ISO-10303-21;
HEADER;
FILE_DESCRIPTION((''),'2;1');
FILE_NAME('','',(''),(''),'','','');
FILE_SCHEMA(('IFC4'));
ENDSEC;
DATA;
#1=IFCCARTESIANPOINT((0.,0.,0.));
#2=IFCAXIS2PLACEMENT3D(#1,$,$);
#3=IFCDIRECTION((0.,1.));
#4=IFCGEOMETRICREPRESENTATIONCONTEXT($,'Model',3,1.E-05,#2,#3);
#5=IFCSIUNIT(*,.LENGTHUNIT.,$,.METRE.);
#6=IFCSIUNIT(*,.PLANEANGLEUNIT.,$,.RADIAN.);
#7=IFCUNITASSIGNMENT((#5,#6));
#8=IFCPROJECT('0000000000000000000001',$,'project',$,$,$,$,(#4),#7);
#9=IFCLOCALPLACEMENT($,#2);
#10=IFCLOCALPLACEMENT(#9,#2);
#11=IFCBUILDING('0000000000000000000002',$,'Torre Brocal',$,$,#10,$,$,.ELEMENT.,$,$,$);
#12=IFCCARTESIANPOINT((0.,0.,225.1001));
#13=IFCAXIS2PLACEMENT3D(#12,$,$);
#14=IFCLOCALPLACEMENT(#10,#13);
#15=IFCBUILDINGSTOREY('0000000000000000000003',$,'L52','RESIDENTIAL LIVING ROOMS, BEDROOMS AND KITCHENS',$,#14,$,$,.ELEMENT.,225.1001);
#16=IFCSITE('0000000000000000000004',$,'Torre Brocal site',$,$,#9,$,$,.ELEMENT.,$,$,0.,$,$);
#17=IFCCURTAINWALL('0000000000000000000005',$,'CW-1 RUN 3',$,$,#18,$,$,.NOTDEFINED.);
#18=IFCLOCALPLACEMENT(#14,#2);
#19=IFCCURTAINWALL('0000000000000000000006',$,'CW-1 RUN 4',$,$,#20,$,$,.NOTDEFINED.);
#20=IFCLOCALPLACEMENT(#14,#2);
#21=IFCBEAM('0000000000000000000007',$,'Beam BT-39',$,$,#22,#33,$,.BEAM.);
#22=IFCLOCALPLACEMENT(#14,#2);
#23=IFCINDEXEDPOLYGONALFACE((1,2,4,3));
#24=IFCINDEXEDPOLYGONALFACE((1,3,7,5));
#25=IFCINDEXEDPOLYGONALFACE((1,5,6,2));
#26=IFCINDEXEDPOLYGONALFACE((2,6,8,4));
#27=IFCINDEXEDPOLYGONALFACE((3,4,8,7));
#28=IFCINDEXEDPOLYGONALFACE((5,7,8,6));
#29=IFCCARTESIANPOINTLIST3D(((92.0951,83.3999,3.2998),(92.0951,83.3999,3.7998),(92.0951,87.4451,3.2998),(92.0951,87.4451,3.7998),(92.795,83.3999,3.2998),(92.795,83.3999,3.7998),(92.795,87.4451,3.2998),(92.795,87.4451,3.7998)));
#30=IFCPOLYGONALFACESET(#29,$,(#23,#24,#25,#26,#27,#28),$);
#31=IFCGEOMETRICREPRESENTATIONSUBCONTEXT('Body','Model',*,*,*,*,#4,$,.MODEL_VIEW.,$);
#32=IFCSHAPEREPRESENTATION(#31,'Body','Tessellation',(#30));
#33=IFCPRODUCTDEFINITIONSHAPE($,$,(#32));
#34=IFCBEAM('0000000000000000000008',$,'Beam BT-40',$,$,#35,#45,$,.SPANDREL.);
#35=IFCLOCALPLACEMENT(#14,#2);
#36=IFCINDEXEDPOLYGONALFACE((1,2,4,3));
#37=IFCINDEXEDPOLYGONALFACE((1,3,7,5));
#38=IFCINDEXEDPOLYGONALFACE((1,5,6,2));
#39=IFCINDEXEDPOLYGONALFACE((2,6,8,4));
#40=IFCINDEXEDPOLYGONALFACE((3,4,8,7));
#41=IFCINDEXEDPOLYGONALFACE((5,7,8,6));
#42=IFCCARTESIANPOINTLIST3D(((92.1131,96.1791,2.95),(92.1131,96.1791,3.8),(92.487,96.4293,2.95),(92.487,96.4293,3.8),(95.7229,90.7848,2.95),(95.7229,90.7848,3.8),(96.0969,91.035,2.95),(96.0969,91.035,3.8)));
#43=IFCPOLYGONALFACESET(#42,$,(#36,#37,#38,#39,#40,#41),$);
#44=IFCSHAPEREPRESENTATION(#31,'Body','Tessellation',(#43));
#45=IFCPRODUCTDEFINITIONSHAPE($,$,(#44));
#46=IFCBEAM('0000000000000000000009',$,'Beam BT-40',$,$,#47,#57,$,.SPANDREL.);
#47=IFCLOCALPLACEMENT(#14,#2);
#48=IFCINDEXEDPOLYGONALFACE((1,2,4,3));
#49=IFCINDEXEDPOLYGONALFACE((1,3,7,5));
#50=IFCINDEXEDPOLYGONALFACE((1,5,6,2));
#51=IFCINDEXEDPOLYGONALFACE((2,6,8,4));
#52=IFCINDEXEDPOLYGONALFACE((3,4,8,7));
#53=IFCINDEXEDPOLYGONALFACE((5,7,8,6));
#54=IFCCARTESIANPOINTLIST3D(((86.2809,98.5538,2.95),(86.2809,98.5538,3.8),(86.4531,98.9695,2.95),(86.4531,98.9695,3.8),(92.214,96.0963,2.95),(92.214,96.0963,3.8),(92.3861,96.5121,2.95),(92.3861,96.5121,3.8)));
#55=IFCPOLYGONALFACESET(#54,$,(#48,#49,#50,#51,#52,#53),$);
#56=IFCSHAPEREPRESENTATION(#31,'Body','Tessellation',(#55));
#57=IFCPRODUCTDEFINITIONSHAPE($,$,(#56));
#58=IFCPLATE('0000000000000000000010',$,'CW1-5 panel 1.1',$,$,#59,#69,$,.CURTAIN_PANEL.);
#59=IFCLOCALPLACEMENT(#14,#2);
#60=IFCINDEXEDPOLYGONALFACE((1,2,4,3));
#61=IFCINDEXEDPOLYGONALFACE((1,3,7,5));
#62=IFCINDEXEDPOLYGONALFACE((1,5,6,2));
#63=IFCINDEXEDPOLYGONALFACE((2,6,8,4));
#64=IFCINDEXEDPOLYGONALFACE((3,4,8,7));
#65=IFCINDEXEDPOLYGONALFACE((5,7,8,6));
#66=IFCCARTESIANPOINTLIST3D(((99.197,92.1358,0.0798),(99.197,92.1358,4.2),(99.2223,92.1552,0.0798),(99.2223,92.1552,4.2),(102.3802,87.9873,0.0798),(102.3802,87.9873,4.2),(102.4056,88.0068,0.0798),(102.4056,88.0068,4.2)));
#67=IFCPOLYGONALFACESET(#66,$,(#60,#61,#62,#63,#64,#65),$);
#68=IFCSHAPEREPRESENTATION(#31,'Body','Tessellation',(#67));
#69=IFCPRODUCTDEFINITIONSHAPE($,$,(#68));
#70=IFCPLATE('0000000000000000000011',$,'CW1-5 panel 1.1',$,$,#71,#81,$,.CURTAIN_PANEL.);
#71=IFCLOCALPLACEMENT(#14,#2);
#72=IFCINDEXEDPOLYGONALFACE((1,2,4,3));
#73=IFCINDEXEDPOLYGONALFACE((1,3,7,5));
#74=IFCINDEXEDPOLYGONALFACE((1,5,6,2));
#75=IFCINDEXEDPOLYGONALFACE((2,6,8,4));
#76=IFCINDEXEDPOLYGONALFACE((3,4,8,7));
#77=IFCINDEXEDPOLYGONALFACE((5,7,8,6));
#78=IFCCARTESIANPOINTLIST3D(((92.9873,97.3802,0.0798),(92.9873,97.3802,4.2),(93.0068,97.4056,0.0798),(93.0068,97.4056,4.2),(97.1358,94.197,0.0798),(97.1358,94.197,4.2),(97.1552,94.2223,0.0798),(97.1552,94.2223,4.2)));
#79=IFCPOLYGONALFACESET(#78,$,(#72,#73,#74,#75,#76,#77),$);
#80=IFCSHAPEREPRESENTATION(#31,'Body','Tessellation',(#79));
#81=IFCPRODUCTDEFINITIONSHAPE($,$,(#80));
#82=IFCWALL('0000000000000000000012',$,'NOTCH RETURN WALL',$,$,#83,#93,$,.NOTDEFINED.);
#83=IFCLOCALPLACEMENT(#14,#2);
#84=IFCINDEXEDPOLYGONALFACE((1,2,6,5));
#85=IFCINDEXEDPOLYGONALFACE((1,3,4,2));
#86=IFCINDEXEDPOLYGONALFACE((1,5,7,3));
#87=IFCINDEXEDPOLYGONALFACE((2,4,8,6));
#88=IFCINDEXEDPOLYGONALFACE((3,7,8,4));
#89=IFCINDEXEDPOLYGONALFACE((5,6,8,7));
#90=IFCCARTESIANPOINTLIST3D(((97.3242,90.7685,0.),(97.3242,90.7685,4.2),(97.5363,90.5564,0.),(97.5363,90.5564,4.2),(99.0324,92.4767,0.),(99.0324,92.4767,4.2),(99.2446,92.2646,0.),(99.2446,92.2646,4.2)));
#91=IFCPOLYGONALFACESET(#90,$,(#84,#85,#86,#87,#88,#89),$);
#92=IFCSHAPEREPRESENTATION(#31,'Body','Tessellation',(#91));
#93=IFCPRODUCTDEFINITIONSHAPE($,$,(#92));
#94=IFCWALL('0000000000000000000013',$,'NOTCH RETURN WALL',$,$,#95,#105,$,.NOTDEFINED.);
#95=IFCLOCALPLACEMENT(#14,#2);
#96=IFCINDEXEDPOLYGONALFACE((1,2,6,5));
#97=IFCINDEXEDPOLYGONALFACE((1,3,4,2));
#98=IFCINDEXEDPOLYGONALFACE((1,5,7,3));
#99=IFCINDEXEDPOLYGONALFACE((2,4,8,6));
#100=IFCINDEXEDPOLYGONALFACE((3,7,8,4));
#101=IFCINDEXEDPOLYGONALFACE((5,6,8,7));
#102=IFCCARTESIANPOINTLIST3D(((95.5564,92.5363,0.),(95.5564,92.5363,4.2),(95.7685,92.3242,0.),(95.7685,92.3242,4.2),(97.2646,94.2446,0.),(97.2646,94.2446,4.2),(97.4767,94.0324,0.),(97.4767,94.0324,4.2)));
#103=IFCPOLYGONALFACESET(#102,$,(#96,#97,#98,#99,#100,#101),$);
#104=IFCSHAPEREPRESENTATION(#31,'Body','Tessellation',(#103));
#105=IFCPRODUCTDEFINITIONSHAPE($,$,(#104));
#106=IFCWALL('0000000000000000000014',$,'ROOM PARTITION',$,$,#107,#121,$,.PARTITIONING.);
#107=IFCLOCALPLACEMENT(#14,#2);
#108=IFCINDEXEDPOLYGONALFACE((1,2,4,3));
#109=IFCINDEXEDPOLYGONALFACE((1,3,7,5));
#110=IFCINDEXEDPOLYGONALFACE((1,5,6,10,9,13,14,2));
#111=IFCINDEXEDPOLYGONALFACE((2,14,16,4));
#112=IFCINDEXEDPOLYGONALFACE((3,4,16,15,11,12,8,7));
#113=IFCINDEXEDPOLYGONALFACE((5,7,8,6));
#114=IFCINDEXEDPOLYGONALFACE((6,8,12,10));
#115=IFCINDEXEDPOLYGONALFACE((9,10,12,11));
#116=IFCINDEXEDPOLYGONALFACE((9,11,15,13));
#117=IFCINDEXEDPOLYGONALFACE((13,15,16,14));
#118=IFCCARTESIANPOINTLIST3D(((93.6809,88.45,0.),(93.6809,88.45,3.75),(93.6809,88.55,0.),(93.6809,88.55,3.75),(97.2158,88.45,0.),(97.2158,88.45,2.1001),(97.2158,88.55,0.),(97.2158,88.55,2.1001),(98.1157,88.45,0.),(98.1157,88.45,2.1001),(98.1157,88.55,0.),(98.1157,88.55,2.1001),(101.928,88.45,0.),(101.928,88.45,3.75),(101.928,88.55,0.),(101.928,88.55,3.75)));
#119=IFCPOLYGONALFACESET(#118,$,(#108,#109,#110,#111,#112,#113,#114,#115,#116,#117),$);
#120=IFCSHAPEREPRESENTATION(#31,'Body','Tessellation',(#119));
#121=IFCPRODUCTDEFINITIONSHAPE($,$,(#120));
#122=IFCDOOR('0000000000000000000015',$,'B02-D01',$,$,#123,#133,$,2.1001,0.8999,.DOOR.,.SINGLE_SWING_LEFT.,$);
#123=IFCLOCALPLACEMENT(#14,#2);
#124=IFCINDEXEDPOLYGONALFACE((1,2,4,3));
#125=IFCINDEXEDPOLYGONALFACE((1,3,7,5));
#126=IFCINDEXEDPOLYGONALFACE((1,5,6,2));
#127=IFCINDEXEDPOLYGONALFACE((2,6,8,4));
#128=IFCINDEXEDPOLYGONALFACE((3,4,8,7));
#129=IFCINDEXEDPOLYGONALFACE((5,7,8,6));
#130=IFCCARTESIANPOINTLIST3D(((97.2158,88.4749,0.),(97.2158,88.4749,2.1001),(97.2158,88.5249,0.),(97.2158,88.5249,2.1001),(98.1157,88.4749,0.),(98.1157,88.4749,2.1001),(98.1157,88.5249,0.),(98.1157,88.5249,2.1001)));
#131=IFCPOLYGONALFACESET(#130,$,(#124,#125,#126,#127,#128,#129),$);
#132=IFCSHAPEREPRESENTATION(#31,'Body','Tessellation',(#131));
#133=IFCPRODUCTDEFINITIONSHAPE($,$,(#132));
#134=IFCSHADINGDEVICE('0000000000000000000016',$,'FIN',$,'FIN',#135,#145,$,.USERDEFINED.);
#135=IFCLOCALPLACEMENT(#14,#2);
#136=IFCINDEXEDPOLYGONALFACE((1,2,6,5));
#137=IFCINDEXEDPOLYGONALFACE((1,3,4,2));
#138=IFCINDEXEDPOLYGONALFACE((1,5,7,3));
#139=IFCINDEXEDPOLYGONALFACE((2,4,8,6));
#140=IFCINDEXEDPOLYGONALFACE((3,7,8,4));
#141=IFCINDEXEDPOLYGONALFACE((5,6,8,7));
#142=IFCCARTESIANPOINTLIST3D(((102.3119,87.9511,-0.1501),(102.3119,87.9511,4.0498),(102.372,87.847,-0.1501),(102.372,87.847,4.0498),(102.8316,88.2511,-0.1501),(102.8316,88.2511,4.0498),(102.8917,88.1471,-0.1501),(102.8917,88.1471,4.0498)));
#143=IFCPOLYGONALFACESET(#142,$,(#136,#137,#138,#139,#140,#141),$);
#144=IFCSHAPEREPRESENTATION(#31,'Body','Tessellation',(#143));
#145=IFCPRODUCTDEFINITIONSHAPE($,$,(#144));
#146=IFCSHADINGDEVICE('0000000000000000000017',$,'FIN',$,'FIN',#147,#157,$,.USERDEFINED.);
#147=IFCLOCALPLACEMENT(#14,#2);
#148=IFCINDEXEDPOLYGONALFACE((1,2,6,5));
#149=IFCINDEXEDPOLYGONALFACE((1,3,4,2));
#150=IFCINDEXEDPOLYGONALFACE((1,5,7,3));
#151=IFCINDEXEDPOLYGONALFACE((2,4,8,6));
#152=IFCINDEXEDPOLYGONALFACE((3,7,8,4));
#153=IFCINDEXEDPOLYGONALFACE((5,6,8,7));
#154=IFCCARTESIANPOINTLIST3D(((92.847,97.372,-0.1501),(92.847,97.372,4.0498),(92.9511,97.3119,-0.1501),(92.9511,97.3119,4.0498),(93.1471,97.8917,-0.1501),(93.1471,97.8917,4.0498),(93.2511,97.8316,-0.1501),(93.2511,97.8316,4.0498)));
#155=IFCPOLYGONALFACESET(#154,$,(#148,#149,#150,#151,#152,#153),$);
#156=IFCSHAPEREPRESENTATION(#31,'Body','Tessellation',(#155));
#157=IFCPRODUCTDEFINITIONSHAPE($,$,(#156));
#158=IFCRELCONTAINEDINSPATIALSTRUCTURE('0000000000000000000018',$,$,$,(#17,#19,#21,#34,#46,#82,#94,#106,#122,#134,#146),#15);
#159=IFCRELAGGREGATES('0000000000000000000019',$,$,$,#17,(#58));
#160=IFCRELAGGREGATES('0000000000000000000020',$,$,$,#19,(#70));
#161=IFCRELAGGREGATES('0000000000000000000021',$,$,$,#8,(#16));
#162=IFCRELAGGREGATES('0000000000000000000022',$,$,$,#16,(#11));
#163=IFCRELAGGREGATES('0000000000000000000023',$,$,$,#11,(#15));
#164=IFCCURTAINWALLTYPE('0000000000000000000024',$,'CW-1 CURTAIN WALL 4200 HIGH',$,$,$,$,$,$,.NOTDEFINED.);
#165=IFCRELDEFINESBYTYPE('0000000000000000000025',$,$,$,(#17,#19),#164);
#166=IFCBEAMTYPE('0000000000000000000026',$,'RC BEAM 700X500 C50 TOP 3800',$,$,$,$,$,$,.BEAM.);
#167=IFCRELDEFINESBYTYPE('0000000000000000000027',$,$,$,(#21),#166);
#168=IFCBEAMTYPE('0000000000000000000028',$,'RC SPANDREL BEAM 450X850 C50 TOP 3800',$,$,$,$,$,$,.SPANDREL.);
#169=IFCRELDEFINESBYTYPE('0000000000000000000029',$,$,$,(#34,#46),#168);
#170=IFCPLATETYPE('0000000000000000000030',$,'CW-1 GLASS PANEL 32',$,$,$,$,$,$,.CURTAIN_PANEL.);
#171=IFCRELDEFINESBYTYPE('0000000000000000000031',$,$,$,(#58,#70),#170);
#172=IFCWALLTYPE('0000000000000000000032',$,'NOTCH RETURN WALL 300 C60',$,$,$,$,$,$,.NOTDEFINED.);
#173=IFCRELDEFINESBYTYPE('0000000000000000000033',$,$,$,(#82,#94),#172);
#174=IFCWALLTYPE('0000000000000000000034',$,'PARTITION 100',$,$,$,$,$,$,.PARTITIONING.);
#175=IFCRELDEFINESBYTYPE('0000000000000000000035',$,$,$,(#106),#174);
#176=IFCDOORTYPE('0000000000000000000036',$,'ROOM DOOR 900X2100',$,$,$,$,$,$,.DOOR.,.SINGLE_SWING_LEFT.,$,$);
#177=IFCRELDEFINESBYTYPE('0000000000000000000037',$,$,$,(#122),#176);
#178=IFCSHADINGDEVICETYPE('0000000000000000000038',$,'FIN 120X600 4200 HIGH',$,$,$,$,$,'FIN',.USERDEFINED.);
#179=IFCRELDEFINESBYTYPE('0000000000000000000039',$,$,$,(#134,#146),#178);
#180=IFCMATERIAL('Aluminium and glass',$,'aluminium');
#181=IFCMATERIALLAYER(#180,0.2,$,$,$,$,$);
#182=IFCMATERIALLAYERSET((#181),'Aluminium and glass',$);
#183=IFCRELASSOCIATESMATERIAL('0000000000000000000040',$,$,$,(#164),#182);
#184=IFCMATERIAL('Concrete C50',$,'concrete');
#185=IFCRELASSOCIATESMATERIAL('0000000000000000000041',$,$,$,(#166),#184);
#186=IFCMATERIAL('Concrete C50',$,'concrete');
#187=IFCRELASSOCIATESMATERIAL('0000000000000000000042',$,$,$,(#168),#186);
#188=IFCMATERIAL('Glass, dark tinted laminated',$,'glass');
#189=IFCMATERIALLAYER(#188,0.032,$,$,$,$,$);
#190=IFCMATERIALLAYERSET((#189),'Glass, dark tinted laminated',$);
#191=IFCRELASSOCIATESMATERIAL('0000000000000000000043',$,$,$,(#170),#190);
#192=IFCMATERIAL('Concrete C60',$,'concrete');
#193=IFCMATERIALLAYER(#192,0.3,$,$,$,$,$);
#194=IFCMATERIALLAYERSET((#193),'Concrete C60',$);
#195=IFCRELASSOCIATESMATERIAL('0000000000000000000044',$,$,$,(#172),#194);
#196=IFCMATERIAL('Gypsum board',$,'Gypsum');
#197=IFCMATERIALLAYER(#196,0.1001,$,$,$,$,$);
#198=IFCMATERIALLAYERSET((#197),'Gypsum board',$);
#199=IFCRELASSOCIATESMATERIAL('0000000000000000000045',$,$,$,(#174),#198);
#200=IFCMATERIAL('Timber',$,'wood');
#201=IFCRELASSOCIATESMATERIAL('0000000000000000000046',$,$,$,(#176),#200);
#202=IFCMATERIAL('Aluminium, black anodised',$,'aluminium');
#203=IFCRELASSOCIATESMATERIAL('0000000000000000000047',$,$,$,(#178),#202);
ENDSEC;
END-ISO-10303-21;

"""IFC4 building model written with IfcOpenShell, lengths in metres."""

from ifc_helpers import new_model, si_unit, direction, frame, frame_2d, origin, origin_2d, place, context, subcontext, project, spatial, rectangle, extrude, material, layer, layer_set, material_profile, profile_set, type_object, element, fill, aggregate, save


model = new_model("IFC4")

# Units and contexts
model_context = context("Model", 3, precision=1e-05, world=origin(), true_north=direction((0.0, 1.0)))
body_context = subcontext(model_context, "Body", "Model", "MODEL_VIEW")
ifc_project = project(units=[si_unit("LENGTHUNIT", "METRE"), si_unit("PLANEANGLEUNIT", "RADIAN")], contexts=[model_context])

# Site, building, storey
site_placement = place(None, origin())
site = spatial("IfcSite", under=ifc_project, at=site_placement, Name="Torre Brocal site", CompositionType="ELEMENT", RefElevation=0.0)
building_placement = place(site_placement, origin())
building = spatial("IfcBuilding", under=site, at=building_placement, Name="Torre Brocal", CompositionType="ELEMENT")
storey_placement = place(building_placement, frame((0.0, 0.0, 225.1001)))
storey = spatial("IfcBuildingStorey", under=building, at=storey_placement, Name="L52", Description="RESIDENTIAL LIVING ROOMS, BEDROOMS AND KITCHENS", CompositionType="ELEMENT", Elevation=225.1001)

# Shared definitions
ifc_material_1 = material(Name="Aluminium and glass", Category="aluminium")
ifc_layer_1 = layer(ifc_material_1, 0.2)
ifc_layer_set_1 = layer_set([ifc_layer_1], Name="Aluminium and glass")
curtain_wall_type = type_object("IfcCurtainWallType", Name="CW-1 CURTAIN WALL 4200 HIGH", PredefinedType="NOTDEFINED", material=ifc_layer_set_1)

# Curtain walls
curtain_wall_1_placement = place(storey_placement, origin())
curtain_wall_1 = element("IfcCurtainWall", 1, at=curtain_wall_1_placement, inside=storey, type_object=curtain_wall_type, Name="CW-1 RUN 3", PredefinedType="NOTDEFINED")
curtain_wall_2_placement = place(storey_placement, origin())
curtain_wall_2 = element("IfcCurtainWall", 2, at=curtain_wall_2_placement, inside=storey, type_object=curtain_wall_type, Name="CW-1 RUN 4", PredefinedType="NOTDEFINED")

# Beams
ifc_material_2 = material(Name="Concrete C50", Category="concrete")
ifc_material_profile_1 = material_profile(ifc_material_2, rectangle(XDim=0.7, YDim=0.5, at=origin_2d()), Name="RC 700X500")
ifc_profile_set_1 = profile_set([ifc_material_profile_1], Name="Concrete C50")
beam_type_1 = type_object("IfcBeamType", Name="RC BEAM 700X500 C50 TOP 3800", PredefinedType="BEAM", material=ifc_profile_set_1)
beam_1_placement = place(storey_placement, frame((92.4451, 87.4451, 3.5498), z_axis=(0.0, -1.0, 0.0), x_axis=(1.0, 0.0, 0.0)))
element("IfcBeam", 3, at=beam_1_placement, inside=storey, type_object=beam_type_1, Name="Beam BT-39", PredefinedType="BEAM", context=body_context, shape_type="SweptSolid", body=[
    extrude(rectangle(XDim=0.7, YDim=0.5, at=origin_2d()), origin(), (0.0, 0.0, 1.0), 4.0452),
])
ifc_material_3 = material(Name="Concrete C50", Category="concrete")
ifc_material_profile_2 = material_profile(ifc_material_3, rectangle(XDim=0.45, YDim=0.8501, at=origin_2d()), Name="RC 450X850")
ifc_profile_set_2 = profile_set([ifc_material_profile_2], Name="Concrete C50")
beam_type_2 = type_object("IfcBeamType", Name="RC SPANDREL BEAM 450X850 C50 TOP 3800", PredefinedType="SPANDREL", material=ifc_profile_set_2)
beam_2_placement = place(storey_placement, frame((95.9099, 90.9099, 3.375), z_axis=(-0.556158, 0.831077, 0.0), x_axis=(-0.831077, -0.556158, 0.0)))
element("IfcBeam", 4, at=beam_2_placement, inside=storey, type_object=beam_type_2, Name="Beam BT-40", PredefinedType="SPANDREL", context=body_context, shape_type="SweptSolid", body=[
    extrude(rectangle(XDim=0.45, YDim=0.8501, at=origin_2d()), origin(), (0.0, 0.0, 1.0), 6.4907),
])
beam_3_placement = place(storey_placement, frame((92.3, 96.3042, 3.375), z_axis=(-0.923882, 0.382676, 0.0), x_axis=(-0.382676, -0.923882, 0.0)))
element("IfcBeam", 5, at=beam_3_placement, inside=storey, type_object=beam_type_2, Name="Beam BT-40", PredefinedType="SPANDREL", context=body_context, shape_type="SweptSolid", body=[
    extrude(rectangle(XDim=0.45, YDim=0.8501, at=origin_2d()), origin(), (0.0, 0.0, 1.0), 6.4219),
])

# Plates
ifc_material_4 = material(Name="Glass, dark tinted laminated", Category="glass")
ifc_layer_2 = layer(ifc_material_4, 0.032)
ifc_layer_set_2 = layer_set([ifc_layer_2], Name="Glass, dark tinted laminated")
plate_type = type_object("IfcPlateType", Name="CW-1 GLASS PANEL 32", PredefinedType="CURTAIN_PANEL", material=ifc_layer_set_2)
plate_1_placement = place(storey_placement, frame((100.8013, 90.0713, 0.0798), z_axis=(0.0, 0.0, 1.0), x_axis=(-0.608761, 0.793353, 0.0)))
plate_1 = element("IfcPlate", 6, at=plate_1_placement, type_object=plate_type, Name="CW1-5 panel 1.1", PredefinedType="CURTAIN_PANEL", context=body_context, shape_type="SweptSolid", body=[
    extrude(rectangle(XDim=5.229, YDim=0.032, at=origin_2d()), origin(), (0.0, 0.0, 1.0), 4.1201),
])
aggregate(curtain_wall_1, [plate_1])
plate_2_placement = place(storey_placement, frame((95.0713, 95.8013, 0.0798), z_axis=(0.0, 0.0, 1.0), x_axis=(-0.793353, 0.608761, 0.0)))
plate_2 = element("IfcPlate", 7, at=plate_2_placement, type_object=plate_type, Name="CW1-5 panel 1.1", PredefinedType="CURTAIN_PANEL", context=body_context, shape_type="SweptSolid", body=[
    extrude(rectangle(XDim=5.229, YDim=0.032, at=origin_2d()), origin(), (0.0, 0.0, 1.0), 4.1201),
])
aggregate(curtain_wall_2, [plate_2])

# Walls
ifc_material_5 = material(Name="Concrete C60", Category="concrete")
ifc_layer_3 = layer(ifc_material_5, 0.3)
ifc_layer_set_3 = layer_set([ifc_layer_3], Name="Concrete C60")
wall_type_1 = type_object("IfcWallType", Name="NOTCH RETURN WALL 300 C60", PredefinedType="NOTDEFINED", material=ifc_layer_set_3)
for number, where, z_axis, x_axis, name in (
    (8, (97.4302, 90.6624, 0.0), (0.0, 0.0, 1.0), (0.707107, 0.707107, 0.0), "NOTCH RETURN WALL"),
    (9, (95.6624, 92.4302, 0.0), (0.0, 0.0, 1.0), (0.707107, 0.707107, 0.0), "NOTCH RETURN WALL"),
):
    element("IfcWall", number, at=place(storey_placement, frame(where, z_axis=z_axis, x_axis=x_axis)), inside=storey, type_object=wall_type_1, Name=name, PredefinedType="NOTDEFINED", context=body_context, shape_type="SweptSolid", body=[
        extrude(rectangle(XDim=2.4158, YDim=0.3, at=frame_2d((1.208, 0.0))), origin(), (0.0, 0.0, 1.0), 4.2),
    ])

# Wall, opening, door
ifc_material_6 = material(Name="Gypsum board", Category="Gypsum")
ifc_layer_4 = layer(ifc_material_6, 0.1001)
ifc_layer_set_4 = layer_set([ifc_layer_4], Name="Gypsum board")
wall_type_2 = type_object("IfcWallType", Name="PARTITION 100", PredefinedType="PARTITIONING", material=ifc_layer_set_4)
wall_placement = place(storey_placement, frame((93.6809, 88.5, 0.0), z_axis=(0.0, 0.0, 1.0), x_axis=(1.0, 0.0, 0.0)))
wall = element("IfcWall", 10, at=wall_placement, inside=storey, type_object=wall_type_2, Name="ROOM PARTITION", PredefinedType="PARTITIONING", context=body_context, shape_type="SweptSolid", body=[
    extrude(rectangle(XDim=8.2471, YDim=0.1001, at=frame_2d((4.1235, 0.0))), origin(), (0.0, 0.0, 1.0), 3.75),
])
opening_placement = place(wall_placement, frame((3.5349, 0.0, 0.0)))
opening = element("IfcOpeningElement", 11, at=opening_placement, cuts=wall, PredefinedType="OPENING", context=body_context, shape_type="SweptSolid", body=[
    extrude(rectangle(XDim=0.8999, YDim=2.1001, at=frame_2d((0.45, 1.05))), frame((0.0, 0.0601, 0.0), z_axis=(0.0, -1.0, 0.0), x_axis=(1.0, 0.0, 0.0)), (0.0, 0.0, 1.0), 0.1201),
])
ifc_material_7 = material(Name="Timber", Category="wood")
door_type = type_object("IfcDoorType", Name="ROOM DOOR 900X2100", OperationType="SINGLE_SWING_LEFT", PredefinedType="DOOR", material=ifc_material_7)
door_placement = place(opening_placement, origin())
door = element("IfcDoor", 12, at=door_placement, inside=storey, type_object=door_type, Name="B02-D01", OperationType="SINGLE_SWING_LEFT", OverallHeight=2.1001, OverallWidth=0.8999, PredefinedType="DOOR", context=body_context, shape_type="SweptSolid", body=[
    extrude(rectangle(XDim=0.8999, YDim=2.1001, at=frame_2d((0.45, 1.05))), frame((0.0, 0.0249, 0.0), z_axis=(0.0, -1.0, 0.0), x_axis=(1.0, 0.0, 0.0)), (0.0, 0.0, 1.0), 0.05),
])
fill(opening, door)

# Shading devices
ifc_material_8 = material(Name="Aluminium, black anodised", Category="aluminium")
ifc_material_profile_3 = material_profile(ifc_material_8, rectangle(XDim=0.1201, YDim=0.6001, at=origin_2d()), Name="FIN 120X600 4200 HIGH")
ifc_profile_set_3 = profile_set([ifc_material_profile_3], Name="Aluminium, black anodised")
shading_device_type = type_object("IfcShadingDeviceType", Name="FIN 120X600 4200 HIGH", ElementType="FIN", PredefinedType="USERDEFINED", material=ifc_profile_set_3)
for number, where, z_axis, x_axis, name in (
    (13, (102.6018, 88.0491, -0.1501), (0.0, 0.0, 1.0), (-0.5, 0.866025, 0.0), "FIN"),
    (14, (93.0491, 97.6018, -0.1501), (0.0, 0.0, 1.0), (-0.866025, 0.5, 0.0), "FIN"),
):
    element("IfcShadingDevice", number, at=place(storey_placement, frame(where, z_axis=z_axis, x_axis=x_axis)), inside=storey, type_object=shading_device_type, Name=name, ObjectType="FIN", PredefinedType="USERDEFINED", context=body_context, shape_type="SweptSolid", body=[
        extrude(rectangle(XDim=0.1201, YDim=0.6001, at=origin_2d()), origin(), (0.0, 0.0, 1.0), 4.2),
    ])

save(model, "model.ifc")
